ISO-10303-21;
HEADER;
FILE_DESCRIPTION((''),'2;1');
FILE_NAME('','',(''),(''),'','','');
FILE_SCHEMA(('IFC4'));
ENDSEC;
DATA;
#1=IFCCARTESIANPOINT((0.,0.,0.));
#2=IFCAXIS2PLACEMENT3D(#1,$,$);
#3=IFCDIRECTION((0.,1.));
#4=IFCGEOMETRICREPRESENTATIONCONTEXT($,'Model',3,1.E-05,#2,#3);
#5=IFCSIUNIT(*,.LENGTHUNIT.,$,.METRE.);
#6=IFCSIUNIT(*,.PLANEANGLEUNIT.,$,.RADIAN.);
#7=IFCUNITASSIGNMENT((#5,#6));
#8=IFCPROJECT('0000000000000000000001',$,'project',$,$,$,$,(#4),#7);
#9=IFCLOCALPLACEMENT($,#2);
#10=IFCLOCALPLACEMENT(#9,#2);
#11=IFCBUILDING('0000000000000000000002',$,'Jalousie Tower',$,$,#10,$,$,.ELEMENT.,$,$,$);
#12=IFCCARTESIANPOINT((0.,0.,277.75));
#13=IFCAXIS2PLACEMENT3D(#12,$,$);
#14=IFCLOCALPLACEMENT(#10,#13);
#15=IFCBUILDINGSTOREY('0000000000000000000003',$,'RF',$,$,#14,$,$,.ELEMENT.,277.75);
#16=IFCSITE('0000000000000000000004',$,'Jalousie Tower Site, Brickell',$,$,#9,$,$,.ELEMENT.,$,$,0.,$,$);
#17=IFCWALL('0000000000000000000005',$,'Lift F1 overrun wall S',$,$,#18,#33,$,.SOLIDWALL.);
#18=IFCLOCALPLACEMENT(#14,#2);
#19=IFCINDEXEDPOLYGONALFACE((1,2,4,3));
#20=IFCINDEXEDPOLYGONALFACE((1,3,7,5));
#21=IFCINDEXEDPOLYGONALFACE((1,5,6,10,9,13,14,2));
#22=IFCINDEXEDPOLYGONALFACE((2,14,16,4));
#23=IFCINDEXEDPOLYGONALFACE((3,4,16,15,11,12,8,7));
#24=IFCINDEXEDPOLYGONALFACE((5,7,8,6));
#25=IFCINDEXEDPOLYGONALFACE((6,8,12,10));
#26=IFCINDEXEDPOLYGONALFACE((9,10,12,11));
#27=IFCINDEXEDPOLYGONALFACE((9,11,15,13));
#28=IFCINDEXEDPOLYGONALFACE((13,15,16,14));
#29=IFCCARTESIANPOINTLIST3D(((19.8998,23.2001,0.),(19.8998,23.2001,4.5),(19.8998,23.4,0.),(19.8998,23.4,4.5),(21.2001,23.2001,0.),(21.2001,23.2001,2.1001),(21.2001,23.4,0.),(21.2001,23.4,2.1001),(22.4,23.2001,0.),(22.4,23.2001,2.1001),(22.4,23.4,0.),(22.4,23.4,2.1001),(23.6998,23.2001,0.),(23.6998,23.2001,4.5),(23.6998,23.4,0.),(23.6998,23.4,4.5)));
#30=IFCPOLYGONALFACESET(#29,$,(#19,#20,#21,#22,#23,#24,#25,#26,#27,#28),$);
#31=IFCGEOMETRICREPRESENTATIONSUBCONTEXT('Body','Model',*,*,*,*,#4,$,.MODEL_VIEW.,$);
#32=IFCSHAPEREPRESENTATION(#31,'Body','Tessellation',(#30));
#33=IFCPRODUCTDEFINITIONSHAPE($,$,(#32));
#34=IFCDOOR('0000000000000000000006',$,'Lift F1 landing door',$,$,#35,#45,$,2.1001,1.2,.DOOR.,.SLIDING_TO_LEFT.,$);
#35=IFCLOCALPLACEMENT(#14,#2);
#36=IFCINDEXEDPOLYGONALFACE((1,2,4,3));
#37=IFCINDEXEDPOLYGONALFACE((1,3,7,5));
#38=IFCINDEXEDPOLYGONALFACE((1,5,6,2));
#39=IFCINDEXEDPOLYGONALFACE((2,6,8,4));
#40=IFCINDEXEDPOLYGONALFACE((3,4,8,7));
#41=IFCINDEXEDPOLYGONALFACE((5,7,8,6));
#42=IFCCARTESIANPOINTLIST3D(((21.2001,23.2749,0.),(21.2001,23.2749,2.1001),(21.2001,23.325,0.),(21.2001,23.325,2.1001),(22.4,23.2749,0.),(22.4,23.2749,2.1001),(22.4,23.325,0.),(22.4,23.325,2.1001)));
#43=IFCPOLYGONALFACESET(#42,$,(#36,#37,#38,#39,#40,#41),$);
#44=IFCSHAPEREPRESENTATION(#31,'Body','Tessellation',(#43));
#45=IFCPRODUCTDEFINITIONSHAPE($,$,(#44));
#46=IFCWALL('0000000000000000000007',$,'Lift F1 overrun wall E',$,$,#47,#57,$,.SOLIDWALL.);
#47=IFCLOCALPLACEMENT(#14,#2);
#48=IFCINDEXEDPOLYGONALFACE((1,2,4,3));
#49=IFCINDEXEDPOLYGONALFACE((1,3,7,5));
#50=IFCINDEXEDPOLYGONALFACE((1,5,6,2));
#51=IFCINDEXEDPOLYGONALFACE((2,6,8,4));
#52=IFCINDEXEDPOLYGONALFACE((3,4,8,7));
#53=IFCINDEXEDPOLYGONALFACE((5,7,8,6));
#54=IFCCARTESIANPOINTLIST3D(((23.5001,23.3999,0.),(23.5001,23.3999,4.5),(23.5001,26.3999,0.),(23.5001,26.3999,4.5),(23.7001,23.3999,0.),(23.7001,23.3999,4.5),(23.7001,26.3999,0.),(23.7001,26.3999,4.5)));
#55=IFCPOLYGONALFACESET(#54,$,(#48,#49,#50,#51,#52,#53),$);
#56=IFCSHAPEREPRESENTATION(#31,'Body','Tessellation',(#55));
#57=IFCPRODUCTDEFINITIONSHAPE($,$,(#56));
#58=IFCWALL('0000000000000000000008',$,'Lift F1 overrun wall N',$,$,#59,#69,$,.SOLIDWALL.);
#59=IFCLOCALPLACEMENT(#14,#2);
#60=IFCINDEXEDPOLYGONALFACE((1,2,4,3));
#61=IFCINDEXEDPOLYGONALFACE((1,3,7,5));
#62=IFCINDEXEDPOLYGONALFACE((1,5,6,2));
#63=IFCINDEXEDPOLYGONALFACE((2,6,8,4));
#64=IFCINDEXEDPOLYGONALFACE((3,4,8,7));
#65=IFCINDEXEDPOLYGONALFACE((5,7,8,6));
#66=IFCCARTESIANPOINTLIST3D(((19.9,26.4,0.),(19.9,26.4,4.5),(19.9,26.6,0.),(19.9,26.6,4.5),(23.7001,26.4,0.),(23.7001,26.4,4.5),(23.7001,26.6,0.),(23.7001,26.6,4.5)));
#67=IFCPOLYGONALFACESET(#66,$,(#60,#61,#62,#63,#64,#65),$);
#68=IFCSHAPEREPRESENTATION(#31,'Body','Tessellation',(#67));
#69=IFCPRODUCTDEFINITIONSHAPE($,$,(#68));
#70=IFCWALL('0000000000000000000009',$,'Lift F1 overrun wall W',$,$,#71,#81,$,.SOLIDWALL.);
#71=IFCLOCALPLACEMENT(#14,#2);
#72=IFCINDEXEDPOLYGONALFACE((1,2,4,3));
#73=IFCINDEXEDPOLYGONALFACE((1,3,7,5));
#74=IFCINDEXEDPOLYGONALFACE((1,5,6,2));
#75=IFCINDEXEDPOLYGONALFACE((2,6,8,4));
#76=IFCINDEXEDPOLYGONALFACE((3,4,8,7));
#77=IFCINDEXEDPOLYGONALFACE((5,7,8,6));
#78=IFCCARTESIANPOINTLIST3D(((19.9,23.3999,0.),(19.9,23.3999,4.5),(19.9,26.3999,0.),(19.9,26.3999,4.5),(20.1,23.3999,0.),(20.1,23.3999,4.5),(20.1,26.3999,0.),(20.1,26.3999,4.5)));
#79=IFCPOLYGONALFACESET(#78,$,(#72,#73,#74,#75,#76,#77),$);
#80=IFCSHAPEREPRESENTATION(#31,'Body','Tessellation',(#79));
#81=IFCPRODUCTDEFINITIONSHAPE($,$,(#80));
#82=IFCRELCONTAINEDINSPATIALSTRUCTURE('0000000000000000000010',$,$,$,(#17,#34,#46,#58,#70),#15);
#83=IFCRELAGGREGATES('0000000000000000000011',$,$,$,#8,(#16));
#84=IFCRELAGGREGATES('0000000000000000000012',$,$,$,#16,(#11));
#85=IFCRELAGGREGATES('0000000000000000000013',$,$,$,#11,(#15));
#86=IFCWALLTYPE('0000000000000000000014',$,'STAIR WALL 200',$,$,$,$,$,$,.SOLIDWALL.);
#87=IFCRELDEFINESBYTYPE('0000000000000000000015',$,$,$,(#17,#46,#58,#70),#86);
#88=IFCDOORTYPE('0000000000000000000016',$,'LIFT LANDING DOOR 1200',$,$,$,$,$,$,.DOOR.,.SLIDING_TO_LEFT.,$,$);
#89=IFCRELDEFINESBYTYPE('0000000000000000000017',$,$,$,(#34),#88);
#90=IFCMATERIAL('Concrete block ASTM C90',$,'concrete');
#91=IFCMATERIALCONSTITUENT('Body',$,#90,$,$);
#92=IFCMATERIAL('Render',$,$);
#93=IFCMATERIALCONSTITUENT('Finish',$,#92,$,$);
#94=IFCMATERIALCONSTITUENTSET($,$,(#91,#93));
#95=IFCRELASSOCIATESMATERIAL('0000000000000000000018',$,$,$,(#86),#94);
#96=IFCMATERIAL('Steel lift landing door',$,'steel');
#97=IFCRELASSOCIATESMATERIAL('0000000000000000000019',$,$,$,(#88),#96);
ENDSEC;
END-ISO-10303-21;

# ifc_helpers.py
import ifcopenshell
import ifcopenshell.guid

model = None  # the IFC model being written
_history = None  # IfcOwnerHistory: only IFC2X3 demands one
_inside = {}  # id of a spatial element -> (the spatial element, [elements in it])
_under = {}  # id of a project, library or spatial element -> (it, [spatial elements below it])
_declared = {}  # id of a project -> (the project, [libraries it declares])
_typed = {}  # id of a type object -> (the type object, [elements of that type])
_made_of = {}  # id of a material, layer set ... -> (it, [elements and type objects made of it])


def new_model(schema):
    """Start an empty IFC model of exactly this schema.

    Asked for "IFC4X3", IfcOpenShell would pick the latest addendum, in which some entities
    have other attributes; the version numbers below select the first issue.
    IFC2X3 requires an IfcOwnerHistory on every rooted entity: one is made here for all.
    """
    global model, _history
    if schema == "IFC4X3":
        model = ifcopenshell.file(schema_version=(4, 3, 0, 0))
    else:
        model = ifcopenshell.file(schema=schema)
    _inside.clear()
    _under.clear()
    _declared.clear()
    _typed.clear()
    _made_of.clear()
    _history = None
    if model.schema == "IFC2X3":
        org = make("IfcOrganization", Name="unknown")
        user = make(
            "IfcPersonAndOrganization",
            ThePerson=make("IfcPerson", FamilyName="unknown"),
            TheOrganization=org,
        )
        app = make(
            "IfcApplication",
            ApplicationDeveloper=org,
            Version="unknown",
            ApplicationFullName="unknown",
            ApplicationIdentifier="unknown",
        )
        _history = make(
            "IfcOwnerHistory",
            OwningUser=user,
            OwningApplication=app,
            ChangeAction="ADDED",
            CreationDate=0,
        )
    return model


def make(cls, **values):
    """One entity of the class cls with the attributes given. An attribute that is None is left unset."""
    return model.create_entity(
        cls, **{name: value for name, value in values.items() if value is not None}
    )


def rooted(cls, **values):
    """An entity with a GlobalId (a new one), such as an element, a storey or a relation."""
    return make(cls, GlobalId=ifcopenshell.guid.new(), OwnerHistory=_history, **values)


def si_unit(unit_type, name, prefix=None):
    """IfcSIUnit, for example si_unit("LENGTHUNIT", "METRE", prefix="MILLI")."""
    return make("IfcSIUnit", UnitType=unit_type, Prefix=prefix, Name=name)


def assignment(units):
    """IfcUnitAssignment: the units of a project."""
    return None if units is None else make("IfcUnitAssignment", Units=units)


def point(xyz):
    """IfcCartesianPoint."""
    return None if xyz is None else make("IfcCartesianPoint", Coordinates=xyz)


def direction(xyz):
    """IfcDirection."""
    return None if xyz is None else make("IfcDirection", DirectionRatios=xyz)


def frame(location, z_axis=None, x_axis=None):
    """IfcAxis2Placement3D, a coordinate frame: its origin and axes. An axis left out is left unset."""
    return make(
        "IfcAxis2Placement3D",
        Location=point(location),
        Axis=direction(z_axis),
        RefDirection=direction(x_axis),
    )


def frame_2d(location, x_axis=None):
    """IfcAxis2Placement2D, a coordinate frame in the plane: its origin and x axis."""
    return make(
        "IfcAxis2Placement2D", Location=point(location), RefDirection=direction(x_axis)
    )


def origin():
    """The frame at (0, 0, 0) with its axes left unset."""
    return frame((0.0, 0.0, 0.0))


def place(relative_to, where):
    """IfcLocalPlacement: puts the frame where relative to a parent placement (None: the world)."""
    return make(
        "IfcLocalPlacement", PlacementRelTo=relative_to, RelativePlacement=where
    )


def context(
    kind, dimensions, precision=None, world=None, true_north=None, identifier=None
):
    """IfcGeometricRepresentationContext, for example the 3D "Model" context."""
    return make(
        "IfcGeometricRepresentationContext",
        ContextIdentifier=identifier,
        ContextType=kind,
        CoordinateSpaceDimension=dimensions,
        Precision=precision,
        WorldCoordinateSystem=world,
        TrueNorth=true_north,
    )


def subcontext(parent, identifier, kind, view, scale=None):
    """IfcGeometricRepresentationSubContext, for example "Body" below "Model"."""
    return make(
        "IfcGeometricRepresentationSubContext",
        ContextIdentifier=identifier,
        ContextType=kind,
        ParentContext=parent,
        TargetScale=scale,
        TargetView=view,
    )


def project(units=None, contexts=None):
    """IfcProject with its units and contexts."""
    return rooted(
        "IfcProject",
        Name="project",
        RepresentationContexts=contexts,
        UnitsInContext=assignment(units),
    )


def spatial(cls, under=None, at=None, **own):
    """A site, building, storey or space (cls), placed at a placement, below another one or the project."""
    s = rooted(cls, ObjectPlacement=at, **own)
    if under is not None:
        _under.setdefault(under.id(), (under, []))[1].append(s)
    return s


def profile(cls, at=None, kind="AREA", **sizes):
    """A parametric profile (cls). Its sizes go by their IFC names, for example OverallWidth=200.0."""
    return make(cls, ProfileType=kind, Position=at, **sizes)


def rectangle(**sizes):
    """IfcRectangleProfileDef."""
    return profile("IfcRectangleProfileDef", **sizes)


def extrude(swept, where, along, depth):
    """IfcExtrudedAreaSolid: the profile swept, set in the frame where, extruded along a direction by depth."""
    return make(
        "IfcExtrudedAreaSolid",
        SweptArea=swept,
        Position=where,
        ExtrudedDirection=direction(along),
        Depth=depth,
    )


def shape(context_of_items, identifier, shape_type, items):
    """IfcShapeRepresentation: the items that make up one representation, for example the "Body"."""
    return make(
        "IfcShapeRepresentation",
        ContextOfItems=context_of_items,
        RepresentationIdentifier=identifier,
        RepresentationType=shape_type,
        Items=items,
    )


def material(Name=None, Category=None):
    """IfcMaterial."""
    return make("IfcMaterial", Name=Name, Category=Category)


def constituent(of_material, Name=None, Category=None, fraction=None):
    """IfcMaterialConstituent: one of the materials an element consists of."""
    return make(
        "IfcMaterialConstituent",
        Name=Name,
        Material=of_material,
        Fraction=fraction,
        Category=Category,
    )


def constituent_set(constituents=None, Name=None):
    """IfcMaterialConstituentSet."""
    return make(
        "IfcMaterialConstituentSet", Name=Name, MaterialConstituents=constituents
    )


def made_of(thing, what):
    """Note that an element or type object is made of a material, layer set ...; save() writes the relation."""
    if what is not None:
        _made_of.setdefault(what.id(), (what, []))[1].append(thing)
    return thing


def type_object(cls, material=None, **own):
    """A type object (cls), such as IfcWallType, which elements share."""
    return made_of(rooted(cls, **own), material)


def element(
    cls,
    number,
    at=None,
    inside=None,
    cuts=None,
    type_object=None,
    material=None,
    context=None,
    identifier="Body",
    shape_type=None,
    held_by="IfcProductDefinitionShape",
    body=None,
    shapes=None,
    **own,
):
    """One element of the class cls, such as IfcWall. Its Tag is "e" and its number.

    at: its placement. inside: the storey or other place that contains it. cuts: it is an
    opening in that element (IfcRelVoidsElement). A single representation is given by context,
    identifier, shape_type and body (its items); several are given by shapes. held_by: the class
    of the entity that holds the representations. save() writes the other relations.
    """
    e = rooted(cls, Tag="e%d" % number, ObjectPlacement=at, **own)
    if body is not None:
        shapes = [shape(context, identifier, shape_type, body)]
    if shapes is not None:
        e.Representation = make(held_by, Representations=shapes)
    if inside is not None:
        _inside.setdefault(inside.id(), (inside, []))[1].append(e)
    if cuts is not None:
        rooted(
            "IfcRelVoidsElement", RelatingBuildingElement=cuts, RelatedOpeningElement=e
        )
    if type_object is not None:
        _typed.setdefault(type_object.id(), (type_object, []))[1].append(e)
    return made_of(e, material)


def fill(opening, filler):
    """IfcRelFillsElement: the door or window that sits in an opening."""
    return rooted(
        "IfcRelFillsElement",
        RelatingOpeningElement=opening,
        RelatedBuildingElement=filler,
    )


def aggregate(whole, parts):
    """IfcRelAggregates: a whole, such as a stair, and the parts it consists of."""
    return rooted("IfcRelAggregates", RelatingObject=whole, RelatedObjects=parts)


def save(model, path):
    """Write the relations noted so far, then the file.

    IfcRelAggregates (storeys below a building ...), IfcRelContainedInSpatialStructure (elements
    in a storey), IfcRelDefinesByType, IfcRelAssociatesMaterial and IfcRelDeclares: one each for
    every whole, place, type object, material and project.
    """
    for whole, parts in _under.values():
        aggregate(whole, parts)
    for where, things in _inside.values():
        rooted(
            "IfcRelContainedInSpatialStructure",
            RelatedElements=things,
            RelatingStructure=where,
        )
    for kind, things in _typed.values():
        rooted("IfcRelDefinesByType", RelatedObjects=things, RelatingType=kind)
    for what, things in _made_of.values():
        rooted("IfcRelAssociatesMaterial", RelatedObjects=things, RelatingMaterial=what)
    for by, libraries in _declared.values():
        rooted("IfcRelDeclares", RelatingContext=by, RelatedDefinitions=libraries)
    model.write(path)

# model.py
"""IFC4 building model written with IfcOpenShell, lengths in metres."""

from ifc_helpers import new_model, si_unit, direction, frame, frame_2d, origin, place, context, subcontext, project, spatial, rectangle, extrude, material, constituent, constituent_set, type_object, element, fill, save


model = new_model("IFC4")

# Units and contexts
model_context = context("Model", 3, precision=1e-05, world=origin(), true_north=direction((0.0, 1.0)))
body_context = subcontext(model_context, "Body", "Model", "MODEL_VIEW")
ifc_project = project(units=[si_unit("LENGTHUNIT", "METRE"), si_unit("PLANEANGLEUNIT", "RADIAN")], contexts=[model_context])

# Site, building, storey
site_placement = place(None, origin())
site = spatial("IfcSite", under=ifc_project, at=site_placement, Name="Jalousie Tower Site, Brickell", CompositionType="ELEMENT", RefElevation=0.0)
building_placement = place(site_placement, origin())
building = spatial("IfcBuilding", under=site, at=building_placement, Name="Jalousie Tower", CompositionType="ELEMENT")
storey_placement = place(building_placement, frame((0.0, 0.0, 277.75)))
storey = spatial("IfcBuildingStorey", under=building, at=storey_placement, Name="RF", CompositionType="ELEMENT", Elevation=277.75)

# Wall, opening, door
ifc_material_1 = material(Name="Concrete block ASTM C90", Category="concrete")
ifc_constituent_1 = constituent(ifc_material_1, Name="Body")
ifc_material_2 = material(Name="Render")
ifc_constituent_2 = constituent(ifc_material_2, Name="Finish")
ifc_constituent_set = constituent_set(constituents=[ifc_constituent_1, ifc_constituent_2])
wall_type_1 = type_object("IfcWallType", Name="STAIR WALL 200", PredefinedType="SOLIDWALL", material=ifc_constituent_set)
wall_1_placement = place(storey_placement, frame((19.8999, 23.3, 0.0), z_axis=(0.0, 0.0, 1.0), x_axis=(1.0, 0.0, 0.0)))
wall_1 = element("IfcWall", 1, at=wall_1_placement, inside=storey, type_object=wall_type_1, Name="Lift F1 overrun wall S", PredefinedType="SOLIDWALL", context=body_context, shape_type="SweptSolid", body=[
    extrude(rectangle(XDim=3.8, YDim=0.2, at=frame_2d((1.8999, 0.0))), origin(), (0.0, 0.0, 1.0), 4.5),
])
opening_placement = place(wall_1_placement, frame((1.3, 0.0, 0.0)))
opening = element("IfcOpeningElement", 2, at=opening_placement, cuts=wall_1, PredefinedType="OPENING", context=body_context, shape_type="SweptSolid", body=[
    extrude(rectangle(XDim=1.2, YDim=2.1001, at=frame_2d((0.6001, 1.05))), frame((0.0, 0.1099, 0.0), z_axis=(0.0, -1.0, 0.0), x_axis=(1.0, 0.0, 0.0)), (0.0, 0.0, 1.0), 0.22),
])
ifc_material_3 = material(Name="Steel lift landing door", Category="steel")
door_type = type_object("IfcDoorType", Name="LIFT LANDING DOOR 1200", OperationType="SLIDING_TO_LEFT", PredefinedType="DOOR", material=ifc_material_3)
door_placement = place(opening_placement, origin())
door = element("IfcDoor", 3, at=door_placement, inside=storey, type_object=door_type, Name="Lift F1 landing door", OperationType="SLIDING_TO_LEFT", OverallHeight=2.1001, OverallWidth=1.2, PredefinedType="DOOR", context=body_context, shape_type="SweptSolid", body=[
    extrude(rectangle(XDim=1.2, YDim=2.1001, at=frame_2d((0.6001, 1.05))), frame((0.0, 0.0249, 0.0), z_axis=(0.0, -1.0, 0.0), x_axis=(1.0, 0.0, 0.0)), (0.0, 0.0, 1.0), 0.05),
])
fill(opening, door)

# Walls
wall_2_placement = place(storey_placement, frame((23.6001, 23.3999, 0.0), z_axis=(0.0, 0.0, 1.0), x_axis=(0.0, 1.0, 0.0)))
element("IfcWall", 4, at=wall_2_placement, inside=storey, type_object=wall_type_1, Name="Lift F1 overrun wall E", PredefinedType="SOLIDWALL", context=body_context, shape_type="SweptSolid", body=[
    extrude(rectangle(XDim=3.0, YDim=0.2, at=frame_2d((1.5, 0.0))), origin(), (0.0, 0.0, 1.0), 4.5),
])
wall_3_placement = place(storey_placement, frame((23.7, 26.5, 0.0), z_axis=(0.0, 0.0, 1.0), x_axis=(-1.0, 0.0, 0.0)))
element("IfcWall", 5, at=wall_3_placement, inside=storey, type_object=wall_type_1, Name="Lift F1 overrun wall N", PredefinedType="SOLIDWALL", context=body_context, shape_type="SweptSolid", body=[
    extrude(rectangle(XDim=3.8, YDim=0.2, at=frame_2d((1.8999, 0.0))), origin(), (0.0, 0.0, 1.0), 4.5),
])
wall_4_placement = place(storey_placement, frame((20.0, 26.3999, 0.0), z_axis=(0.0, 0.0, 1.0), x_axis=(0.0, -1.0, 0.0)))
element("IfcWall", 6, at=wall_4_placement, inside=storey, type_object=wall_type_1, Name="Lift F1 overrun wall W", PredefinedType="SOLIDWALL", context=body_context, shape_type="SweptSolid", body=[
    extrude(rectangle(XDim=3.0, YDim=0.2, at=frame_2d((1.5, 0.0))), origin(), (0.0, 0.0, 1.0), 4.5),
])

save(model, "model.ifc")
